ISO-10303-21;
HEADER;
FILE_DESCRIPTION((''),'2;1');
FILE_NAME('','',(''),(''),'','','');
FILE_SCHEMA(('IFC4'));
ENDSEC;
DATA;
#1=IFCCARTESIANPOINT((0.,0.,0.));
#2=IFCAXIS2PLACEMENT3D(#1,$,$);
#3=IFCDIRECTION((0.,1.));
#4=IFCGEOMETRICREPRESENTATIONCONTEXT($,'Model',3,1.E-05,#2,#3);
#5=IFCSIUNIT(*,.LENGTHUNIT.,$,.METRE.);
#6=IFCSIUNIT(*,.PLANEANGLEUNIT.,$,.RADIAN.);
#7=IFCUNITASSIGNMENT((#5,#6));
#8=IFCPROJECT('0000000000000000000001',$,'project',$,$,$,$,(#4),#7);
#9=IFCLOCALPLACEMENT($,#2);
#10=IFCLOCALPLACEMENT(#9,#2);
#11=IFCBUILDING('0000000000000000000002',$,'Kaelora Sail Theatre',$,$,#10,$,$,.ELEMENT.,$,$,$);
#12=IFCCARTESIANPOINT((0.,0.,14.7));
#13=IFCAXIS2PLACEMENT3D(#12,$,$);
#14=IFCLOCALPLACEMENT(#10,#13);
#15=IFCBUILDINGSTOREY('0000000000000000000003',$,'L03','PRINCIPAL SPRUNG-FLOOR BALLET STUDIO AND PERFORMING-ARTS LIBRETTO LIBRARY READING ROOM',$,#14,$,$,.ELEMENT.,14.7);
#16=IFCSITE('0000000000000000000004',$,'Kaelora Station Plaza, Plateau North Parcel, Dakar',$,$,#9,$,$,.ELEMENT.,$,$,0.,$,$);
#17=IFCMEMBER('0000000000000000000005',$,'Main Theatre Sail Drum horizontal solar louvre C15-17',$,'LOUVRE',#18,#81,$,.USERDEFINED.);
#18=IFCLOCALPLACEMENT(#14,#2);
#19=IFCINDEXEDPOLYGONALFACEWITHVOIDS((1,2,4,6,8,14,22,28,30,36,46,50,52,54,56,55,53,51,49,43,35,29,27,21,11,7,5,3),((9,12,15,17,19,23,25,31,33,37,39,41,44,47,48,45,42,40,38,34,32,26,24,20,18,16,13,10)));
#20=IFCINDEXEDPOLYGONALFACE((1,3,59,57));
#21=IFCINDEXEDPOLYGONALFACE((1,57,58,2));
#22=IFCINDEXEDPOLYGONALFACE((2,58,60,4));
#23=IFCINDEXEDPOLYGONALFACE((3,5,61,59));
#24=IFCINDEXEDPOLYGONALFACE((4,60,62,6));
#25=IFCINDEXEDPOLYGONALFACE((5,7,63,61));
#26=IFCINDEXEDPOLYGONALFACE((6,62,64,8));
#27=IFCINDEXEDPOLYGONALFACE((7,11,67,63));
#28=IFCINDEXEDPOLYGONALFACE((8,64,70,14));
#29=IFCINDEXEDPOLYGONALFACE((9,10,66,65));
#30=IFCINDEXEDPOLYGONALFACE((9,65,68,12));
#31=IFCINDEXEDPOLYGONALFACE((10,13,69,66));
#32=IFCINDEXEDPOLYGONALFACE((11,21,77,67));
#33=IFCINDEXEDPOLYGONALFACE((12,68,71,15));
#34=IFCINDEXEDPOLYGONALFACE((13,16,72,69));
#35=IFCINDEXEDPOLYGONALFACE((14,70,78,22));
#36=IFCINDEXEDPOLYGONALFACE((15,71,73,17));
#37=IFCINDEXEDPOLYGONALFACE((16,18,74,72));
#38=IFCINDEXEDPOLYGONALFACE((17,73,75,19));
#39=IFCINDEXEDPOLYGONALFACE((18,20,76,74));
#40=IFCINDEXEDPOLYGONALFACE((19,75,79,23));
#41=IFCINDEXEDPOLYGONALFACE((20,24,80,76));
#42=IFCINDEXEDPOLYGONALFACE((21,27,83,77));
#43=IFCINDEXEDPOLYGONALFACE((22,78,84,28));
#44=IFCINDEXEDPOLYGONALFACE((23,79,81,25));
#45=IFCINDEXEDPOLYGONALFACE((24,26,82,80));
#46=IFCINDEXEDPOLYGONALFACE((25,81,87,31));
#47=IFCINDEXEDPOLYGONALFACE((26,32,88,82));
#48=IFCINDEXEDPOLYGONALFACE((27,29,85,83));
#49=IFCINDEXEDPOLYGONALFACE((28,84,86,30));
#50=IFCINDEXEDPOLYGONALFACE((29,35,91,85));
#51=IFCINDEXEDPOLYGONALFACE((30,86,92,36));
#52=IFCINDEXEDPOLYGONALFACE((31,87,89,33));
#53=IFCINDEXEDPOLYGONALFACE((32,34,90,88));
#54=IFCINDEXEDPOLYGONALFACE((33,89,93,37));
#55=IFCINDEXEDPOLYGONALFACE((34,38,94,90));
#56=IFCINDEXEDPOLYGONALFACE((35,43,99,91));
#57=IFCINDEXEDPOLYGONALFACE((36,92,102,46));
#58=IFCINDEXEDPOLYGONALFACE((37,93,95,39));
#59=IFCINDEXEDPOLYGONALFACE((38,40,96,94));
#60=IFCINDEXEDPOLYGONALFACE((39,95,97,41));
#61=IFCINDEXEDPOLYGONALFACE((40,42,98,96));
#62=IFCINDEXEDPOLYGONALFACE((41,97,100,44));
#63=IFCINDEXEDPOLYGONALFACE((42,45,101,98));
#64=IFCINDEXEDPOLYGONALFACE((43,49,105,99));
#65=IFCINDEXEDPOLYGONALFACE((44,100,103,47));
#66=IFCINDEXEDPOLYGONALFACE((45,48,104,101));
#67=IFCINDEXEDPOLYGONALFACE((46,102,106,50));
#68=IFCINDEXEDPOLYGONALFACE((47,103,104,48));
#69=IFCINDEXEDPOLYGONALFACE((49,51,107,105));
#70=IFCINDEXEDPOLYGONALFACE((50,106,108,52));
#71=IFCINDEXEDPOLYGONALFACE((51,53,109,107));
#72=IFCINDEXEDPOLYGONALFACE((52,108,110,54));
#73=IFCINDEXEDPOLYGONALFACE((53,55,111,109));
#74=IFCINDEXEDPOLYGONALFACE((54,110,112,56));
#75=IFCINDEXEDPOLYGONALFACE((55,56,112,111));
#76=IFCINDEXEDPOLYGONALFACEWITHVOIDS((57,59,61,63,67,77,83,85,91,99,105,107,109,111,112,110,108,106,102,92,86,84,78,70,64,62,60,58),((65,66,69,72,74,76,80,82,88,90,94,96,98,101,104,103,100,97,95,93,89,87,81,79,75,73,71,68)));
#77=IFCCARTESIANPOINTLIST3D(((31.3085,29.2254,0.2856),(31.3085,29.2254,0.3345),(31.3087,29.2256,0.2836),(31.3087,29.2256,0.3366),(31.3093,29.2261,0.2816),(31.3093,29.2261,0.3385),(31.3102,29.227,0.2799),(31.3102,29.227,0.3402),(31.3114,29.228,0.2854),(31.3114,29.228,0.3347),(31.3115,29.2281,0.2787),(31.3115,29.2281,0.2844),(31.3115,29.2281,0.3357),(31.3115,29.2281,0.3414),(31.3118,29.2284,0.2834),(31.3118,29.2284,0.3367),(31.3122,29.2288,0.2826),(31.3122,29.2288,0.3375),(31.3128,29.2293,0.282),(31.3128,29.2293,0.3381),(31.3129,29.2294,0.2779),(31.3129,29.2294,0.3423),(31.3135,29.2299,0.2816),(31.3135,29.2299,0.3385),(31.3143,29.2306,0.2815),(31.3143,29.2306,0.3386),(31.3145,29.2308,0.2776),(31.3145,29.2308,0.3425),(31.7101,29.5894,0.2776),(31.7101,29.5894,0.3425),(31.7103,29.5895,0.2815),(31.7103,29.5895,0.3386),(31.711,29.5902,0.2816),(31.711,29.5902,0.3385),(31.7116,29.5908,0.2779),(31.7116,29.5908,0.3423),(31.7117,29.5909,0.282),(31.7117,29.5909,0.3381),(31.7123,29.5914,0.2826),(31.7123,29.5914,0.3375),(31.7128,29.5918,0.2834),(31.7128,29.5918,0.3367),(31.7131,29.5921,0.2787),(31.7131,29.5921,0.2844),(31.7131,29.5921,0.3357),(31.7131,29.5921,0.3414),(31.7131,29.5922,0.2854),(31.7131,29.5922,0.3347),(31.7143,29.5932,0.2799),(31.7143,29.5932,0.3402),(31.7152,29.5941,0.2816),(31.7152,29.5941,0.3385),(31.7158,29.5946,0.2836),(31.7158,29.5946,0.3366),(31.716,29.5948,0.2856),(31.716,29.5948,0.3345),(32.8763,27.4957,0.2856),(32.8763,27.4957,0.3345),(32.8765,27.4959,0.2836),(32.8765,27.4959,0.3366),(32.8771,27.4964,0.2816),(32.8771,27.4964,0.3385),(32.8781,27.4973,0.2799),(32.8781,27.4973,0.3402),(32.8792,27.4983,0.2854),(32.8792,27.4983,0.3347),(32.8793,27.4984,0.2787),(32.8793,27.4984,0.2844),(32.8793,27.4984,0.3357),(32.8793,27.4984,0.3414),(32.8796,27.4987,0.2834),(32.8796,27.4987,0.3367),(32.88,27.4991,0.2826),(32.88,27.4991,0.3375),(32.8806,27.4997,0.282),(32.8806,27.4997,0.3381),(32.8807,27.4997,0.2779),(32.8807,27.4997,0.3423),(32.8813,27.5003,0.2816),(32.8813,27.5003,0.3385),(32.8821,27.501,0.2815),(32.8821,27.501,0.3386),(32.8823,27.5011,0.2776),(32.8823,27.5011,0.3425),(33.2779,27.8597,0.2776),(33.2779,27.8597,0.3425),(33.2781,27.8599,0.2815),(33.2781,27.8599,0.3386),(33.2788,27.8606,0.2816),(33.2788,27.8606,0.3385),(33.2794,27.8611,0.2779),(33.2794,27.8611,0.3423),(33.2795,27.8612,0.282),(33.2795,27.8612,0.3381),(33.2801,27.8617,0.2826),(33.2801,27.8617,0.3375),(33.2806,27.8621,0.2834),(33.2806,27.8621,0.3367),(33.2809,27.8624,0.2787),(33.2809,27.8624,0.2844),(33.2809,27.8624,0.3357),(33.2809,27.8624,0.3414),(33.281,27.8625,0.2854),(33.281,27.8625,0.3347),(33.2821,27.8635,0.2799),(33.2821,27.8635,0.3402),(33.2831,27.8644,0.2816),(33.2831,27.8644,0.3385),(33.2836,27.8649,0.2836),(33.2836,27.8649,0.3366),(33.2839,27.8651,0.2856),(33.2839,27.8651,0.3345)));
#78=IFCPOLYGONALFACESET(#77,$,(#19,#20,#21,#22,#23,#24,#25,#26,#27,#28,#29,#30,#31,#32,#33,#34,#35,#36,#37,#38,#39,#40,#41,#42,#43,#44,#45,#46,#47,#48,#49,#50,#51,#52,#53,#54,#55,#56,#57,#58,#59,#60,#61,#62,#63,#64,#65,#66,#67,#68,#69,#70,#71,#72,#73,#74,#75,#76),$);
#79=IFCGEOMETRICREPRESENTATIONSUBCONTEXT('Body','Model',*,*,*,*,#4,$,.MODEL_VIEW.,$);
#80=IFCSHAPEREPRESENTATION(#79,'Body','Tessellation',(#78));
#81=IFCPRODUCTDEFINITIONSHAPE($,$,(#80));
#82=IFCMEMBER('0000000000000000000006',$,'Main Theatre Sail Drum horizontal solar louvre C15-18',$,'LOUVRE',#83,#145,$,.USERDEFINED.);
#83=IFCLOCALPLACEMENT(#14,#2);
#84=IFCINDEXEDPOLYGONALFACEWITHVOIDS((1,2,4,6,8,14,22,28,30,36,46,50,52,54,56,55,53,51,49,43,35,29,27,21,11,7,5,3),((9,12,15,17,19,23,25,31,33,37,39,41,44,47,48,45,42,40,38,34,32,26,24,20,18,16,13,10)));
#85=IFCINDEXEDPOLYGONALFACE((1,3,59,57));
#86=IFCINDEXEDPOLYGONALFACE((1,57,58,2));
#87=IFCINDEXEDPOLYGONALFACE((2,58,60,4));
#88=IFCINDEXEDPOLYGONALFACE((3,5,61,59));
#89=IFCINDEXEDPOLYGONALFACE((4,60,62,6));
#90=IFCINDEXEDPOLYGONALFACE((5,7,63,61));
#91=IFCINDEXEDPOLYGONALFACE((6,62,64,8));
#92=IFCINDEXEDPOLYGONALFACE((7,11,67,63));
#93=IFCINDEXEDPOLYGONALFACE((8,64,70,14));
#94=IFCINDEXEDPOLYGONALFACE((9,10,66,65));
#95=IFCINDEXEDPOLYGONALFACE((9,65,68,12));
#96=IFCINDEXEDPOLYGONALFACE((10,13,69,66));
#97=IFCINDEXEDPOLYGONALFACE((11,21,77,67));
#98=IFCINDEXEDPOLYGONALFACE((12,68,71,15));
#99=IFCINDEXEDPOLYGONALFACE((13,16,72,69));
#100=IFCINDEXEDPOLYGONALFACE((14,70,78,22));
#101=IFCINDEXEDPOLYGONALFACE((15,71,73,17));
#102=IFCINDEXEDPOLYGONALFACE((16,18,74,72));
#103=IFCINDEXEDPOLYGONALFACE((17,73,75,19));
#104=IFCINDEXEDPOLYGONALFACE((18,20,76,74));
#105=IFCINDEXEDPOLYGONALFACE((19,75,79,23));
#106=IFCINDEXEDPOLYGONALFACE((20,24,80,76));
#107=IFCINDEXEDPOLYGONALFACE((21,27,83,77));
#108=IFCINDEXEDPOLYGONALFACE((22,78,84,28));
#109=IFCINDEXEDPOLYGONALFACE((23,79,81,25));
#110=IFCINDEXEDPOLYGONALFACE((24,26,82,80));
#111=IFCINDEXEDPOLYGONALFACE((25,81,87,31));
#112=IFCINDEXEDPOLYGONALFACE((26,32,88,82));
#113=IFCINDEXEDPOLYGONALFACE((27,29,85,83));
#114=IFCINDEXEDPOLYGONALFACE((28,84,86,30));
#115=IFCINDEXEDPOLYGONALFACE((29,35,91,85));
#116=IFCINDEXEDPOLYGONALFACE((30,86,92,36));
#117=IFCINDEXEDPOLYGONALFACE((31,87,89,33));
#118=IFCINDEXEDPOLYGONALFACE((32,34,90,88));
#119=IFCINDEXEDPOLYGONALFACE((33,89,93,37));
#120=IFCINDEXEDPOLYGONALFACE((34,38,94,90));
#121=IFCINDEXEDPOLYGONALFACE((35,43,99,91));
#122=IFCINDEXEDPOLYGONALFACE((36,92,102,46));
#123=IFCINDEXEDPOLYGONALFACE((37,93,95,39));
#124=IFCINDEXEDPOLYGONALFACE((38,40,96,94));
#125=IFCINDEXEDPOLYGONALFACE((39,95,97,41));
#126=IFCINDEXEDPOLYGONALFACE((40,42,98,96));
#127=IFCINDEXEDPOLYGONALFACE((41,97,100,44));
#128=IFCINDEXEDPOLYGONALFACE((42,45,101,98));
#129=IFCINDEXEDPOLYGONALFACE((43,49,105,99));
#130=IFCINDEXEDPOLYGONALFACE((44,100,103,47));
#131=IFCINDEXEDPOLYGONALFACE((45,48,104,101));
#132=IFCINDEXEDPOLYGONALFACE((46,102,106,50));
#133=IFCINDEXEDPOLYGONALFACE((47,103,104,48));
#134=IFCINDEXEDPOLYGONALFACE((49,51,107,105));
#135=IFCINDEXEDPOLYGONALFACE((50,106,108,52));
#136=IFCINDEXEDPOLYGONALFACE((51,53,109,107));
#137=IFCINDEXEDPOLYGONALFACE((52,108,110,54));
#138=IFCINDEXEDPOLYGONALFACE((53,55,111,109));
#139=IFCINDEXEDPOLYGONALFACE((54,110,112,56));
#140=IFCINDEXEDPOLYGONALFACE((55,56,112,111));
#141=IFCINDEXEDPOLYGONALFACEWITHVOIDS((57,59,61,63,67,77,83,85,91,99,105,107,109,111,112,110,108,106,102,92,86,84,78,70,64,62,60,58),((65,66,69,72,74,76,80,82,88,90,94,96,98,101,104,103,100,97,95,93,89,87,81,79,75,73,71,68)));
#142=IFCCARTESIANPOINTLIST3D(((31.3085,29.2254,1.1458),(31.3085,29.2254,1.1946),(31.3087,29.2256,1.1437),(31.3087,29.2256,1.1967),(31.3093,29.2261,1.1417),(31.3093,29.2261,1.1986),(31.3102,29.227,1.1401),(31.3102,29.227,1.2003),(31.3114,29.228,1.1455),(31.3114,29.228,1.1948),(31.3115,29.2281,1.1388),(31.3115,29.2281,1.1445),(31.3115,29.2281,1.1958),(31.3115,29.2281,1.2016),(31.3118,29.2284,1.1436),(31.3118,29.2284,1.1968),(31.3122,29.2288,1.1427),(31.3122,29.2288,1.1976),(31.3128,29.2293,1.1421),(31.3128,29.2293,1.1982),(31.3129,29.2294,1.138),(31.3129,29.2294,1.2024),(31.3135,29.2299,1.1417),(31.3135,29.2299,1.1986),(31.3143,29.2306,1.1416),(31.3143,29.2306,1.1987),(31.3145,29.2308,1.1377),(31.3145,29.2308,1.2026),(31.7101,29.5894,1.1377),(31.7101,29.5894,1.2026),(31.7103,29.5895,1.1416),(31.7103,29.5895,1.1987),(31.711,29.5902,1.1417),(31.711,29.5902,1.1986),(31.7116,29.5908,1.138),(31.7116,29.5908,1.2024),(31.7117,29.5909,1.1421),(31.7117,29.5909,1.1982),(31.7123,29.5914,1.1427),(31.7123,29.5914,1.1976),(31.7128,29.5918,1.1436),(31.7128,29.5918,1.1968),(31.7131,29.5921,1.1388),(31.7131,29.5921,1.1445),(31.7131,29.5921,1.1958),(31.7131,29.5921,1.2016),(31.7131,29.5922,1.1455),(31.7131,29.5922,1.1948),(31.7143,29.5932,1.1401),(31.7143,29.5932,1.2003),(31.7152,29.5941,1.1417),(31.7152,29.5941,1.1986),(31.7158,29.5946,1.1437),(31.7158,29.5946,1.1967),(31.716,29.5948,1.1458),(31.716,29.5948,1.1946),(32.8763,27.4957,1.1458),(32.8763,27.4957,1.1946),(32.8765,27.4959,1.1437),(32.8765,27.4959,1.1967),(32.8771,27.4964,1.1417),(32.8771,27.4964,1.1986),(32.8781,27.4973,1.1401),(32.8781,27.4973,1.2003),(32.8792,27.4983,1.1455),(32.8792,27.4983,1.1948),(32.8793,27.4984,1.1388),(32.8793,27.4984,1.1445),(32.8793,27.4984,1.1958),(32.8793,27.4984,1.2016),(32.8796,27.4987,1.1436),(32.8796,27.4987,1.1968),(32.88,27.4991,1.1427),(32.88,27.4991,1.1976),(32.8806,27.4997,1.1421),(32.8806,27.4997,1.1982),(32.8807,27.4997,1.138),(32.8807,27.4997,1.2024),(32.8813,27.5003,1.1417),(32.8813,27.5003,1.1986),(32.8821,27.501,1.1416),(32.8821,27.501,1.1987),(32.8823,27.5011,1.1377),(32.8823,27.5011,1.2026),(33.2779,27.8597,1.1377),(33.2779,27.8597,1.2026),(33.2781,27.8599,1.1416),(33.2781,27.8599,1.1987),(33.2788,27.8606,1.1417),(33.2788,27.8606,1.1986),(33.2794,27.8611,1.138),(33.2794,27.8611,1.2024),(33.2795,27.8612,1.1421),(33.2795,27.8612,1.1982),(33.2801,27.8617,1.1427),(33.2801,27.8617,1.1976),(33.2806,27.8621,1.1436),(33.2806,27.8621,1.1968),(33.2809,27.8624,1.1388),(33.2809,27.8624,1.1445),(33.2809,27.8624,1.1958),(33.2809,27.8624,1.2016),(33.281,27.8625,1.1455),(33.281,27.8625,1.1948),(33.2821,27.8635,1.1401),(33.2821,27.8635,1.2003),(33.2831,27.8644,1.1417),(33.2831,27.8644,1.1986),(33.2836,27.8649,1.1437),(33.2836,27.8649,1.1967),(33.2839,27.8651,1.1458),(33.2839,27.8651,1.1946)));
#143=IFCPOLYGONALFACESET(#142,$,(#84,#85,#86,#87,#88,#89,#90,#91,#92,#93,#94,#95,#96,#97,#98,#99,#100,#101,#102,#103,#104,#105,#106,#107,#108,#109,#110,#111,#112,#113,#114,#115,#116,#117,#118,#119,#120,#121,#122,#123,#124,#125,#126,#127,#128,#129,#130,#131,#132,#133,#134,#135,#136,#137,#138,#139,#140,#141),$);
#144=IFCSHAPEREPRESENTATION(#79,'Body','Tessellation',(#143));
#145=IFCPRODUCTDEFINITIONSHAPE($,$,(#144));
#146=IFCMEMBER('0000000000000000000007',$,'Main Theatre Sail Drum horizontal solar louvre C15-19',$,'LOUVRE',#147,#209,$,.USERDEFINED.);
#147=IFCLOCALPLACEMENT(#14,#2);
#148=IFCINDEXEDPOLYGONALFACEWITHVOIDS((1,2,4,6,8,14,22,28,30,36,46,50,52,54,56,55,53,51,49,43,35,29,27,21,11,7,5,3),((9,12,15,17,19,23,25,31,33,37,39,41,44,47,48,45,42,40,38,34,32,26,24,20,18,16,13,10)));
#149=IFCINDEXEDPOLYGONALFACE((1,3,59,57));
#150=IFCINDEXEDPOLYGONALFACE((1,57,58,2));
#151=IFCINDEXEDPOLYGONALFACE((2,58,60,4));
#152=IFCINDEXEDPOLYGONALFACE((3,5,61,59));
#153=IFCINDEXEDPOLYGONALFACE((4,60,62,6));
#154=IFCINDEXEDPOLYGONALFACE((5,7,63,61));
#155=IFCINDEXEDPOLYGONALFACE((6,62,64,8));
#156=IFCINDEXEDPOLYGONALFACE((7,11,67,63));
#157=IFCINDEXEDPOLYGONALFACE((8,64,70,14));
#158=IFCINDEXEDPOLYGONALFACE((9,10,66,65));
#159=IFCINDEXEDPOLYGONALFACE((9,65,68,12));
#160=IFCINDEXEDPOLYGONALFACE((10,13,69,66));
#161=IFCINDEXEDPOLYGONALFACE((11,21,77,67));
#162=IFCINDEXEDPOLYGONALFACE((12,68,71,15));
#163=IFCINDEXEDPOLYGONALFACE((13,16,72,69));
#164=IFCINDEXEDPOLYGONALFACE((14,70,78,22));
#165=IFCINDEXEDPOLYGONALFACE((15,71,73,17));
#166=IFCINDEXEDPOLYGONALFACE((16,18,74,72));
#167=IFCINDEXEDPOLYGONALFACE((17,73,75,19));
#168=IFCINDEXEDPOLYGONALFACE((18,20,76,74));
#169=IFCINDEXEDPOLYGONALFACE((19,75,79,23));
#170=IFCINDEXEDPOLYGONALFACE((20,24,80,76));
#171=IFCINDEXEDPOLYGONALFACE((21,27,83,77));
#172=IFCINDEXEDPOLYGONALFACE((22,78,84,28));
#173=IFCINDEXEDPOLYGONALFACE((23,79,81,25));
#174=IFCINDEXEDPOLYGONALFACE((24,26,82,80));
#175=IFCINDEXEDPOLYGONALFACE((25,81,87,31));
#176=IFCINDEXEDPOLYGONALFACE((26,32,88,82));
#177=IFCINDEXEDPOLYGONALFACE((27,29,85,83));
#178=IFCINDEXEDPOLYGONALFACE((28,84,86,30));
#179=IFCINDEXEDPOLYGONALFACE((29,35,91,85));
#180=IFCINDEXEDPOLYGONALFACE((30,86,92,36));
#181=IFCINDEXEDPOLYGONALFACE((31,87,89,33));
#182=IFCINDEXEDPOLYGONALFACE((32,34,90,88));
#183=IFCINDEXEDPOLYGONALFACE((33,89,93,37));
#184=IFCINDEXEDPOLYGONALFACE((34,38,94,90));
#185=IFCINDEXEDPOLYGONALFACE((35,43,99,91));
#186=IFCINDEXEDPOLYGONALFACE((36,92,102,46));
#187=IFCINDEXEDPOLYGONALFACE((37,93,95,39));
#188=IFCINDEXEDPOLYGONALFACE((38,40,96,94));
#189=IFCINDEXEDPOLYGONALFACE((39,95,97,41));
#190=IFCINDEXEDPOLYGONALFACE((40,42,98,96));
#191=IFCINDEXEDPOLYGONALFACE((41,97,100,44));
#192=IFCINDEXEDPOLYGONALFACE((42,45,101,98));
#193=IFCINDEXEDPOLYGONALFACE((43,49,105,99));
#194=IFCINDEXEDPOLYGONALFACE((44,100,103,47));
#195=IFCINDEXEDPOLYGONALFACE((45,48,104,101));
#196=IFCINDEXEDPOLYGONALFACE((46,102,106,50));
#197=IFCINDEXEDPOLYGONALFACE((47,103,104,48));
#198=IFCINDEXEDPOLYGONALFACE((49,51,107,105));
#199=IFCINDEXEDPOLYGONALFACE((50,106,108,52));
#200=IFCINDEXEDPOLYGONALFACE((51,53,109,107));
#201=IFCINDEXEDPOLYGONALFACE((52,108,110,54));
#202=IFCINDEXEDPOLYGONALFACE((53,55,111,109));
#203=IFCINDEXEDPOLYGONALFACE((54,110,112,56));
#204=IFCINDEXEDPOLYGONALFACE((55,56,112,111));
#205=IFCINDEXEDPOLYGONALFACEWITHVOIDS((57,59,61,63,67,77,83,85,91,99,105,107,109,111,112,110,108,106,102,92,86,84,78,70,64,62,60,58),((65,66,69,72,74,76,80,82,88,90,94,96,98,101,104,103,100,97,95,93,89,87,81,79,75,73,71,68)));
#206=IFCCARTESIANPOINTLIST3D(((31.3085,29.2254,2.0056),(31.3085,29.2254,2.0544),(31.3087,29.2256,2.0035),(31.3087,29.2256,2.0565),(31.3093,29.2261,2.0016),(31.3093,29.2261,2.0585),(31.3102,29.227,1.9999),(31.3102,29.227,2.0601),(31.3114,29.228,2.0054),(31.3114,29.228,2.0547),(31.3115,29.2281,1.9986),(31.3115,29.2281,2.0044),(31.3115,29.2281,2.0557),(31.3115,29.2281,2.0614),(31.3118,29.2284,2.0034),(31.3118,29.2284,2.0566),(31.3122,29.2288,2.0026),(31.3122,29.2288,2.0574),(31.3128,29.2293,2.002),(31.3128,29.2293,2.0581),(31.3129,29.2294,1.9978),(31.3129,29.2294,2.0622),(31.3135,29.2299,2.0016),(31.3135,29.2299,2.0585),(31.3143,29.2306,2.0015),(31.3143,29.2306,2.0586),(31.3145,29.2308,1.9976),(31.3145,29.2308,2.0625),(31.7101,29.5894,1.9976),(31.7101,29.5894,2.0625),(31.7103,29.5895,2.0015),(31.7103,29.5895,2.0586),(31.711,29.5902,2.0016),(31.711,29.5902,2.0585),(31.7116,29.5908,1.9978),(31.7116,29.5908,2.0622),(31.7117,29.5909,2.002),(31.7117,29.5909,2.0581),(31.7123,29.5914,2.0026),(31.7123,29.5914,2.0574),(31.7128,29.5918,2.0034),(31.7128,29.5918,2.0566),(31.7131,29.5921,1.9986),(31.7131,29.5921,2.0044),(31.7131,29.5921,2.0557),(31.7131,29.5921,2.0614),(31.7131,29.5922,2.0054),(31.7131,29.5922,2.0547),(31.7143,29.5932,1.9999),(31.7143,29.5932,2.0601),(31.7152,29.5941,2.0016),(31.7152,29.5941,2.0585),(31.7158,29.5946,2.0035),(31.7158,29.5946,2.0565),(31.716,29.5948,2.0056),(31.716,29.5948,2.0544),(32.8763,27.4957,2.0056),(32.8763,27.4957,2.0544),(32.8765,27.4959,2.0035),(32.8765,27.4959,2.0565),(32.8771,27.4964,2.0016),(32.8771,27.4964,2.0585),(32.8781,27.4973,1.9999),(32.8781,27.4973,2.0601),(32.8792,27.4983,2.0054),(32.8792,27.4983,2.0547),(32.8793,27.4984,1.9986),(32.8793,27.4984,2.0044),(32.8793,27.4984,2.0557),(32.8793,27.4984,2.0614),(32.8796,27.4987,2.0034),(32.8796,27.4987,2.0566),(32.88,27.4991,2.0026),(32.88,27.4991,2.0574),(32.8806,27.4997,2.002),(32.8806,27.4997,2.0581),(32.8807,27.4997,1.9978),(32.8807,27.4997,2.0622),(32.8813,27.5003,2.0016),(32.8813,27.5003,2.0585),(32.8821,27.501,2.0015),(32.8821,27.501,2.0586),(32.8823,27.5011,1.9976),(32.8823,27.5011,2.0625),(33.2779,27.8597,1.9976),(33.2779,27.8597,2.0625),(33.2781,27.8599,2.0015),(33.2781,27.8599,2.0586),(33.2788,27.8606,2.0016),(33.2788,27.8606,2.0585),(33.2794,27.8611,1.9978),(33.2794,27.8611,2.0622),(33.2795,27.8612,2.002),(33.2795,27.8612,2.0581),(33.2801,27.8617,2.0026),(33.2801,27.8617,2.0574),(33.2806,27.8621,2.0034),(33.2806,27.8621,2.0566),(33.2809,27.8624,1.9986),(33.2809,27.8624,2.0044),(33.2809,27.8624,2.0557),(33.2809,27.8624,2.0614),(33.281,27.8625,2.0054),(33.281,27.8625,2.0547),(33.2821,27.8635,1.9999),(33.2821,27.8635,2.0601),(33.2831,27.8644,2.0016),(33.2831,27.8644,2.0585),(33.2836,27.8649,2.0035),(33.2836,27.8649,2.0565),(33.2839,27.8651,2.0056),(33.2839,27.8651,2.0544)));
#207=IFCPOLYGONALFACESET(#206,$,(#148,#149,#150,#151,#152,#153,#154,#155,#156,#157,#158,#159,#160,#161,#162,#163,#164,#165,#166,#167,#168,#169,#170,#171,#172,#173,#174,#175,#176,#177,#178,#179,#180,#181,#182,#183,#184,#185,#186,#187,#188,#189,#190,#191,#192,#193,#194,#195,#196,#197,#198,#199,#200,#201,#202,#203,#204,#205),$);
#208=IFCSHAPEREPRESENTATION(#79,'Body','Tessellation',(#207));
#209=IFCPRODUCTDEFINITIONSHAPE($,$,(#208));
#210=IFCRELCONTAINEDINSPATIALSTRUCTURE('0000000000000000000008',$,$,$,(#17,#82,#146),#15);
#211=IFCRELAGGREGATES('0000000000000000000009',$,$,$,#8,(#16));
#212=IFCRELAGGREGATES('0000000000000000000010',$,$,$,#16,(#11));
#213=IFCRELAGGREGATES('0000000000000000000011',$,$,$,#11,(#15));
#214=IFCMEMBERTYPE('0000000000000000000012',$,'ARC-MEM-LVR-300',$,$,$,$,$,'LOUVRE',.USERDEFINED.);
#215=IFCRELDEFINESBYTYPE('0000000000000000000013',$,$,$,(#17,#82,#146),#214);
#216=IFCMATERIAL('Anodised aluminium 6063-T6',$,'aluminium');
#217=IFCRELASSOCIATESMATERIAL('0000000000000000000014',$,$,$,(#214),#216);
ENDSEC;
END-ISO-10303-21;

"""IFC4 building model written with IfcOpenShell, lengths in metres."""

from ifc_helpers import new_model, si_unit, direction, frame, origin, origin_2d, place, context, subcontext, project, spatial, hollow_rectangle, extrude, material, material_profile, profile_set, type_object, element, save


model = new_model("IFC4")

# Units and contexts
model_context = context("Model", 3, precision=1e-05, world=origin(), true_north=direction((0.0, 1.0)))
body_context = subcontext(model_context, "Body", "Model", "MODEL_VIEW")
ifc_project = project(units=[si_unit("LENGTHUNIT", "METRE"), si_unit("PLANEANGLEUNIT", "RADIAN")], contexts=[model_context])

# Site, building, storey
site_placement = place(None, origin())
site = spatial("IfcSite", under=ifc_project, at=site_placement, Name="Kaelora Station Plaza, Plateau North Parcel, Dakar", CompositionType="ELEMENT", RefElevation=0.0)
building_placement = place(site_placement, origin())
building = spatial("IfcBuilding", under=site, at=building_placement, Name="Kaelora Sail Theatre", CompositionType="ELEMENT")
storey_placement = place(building_placement, frame((0.0, 0.0, 14.7)))
storey = spatial("IfcBuildingStorey", under=building, at=storey_placement, Name="L03", Description="PRINCIPAL SPRUNG-FLOOR BALLET STUDIO AND PERFORMING-ARTS LIBRETTO LIBRARY READING ROOM", CompositionType="ELEMENT", Elevation=14.7)

# Members
ifc_material_1 = material(Name="Anodised aluminium 6063-T6", Category="aluminium")
ifc_material_profile_1 = material_profile(ifc_material_1, hollow_rectangle(XDim=0.55, YDim=0.0649, WallThickness=0.0039, InnerFilletRadius=0.0039, OuterFilletRadius=0.0081, at=origin_2d()), Name="LOUVRE 550x65x4")
ifc_profile_set_1 = profile_set([ifc_material_profile_1], Name="Anodised aluminium 6063-T6")
member_type = type_object("IfcMemberType", Name="ARC-MEM-LVR-300", ElementType="LOUVRE", PredefinedType="USERDEFINED", material=ifc_profile_set_1)
for number, where, z_axis, x_axis, name in (
    (1, (33.0801, 27.6804, 0.3101), (-0.671589, 0.740924, 0.0), (-0.740924, -0.671589, 0.0), "Main Theatre Sail Drum horizontal solar louvre C15-17"),
    (2, (33.0801, 27.6804, 1.1702), (-0.671589, 0.740924, 0.0), (-0.740924, -0.671589, 0.0), "Main Theatre Sail Drum horizontal solar louvre C15-18"),
    (3, (33.0801, 27.6804, 2.03), (-0.671589, 0.740924, 0.0), (-0.740924, -0.671589, 0.0), "Main Theatre Sail Drum horizontal solar louvre C15-19"),
):
    element("IfcMember", number, at=place(storey_placement, frame(where, z_axis=z_axis, x_axis=x_axis)), inside=storey, type_object=member_type, Name=name, ObjectType="LOUVRE", PredefinedType="USERDEFINED", context=body_context, shape_type="SweptSolid", body=[
        extrude(hollow_rectangle(XDim=0.55, YDim=0.0649, WallThickness=0.0039, InnerFilletRadius=0.0039, OuterFilletRadius=0.0081, at=origin_2d()), origin(), (0.0, 0.0, 1.0), 2.3345),
    ])

save(model, "model.ifc")
